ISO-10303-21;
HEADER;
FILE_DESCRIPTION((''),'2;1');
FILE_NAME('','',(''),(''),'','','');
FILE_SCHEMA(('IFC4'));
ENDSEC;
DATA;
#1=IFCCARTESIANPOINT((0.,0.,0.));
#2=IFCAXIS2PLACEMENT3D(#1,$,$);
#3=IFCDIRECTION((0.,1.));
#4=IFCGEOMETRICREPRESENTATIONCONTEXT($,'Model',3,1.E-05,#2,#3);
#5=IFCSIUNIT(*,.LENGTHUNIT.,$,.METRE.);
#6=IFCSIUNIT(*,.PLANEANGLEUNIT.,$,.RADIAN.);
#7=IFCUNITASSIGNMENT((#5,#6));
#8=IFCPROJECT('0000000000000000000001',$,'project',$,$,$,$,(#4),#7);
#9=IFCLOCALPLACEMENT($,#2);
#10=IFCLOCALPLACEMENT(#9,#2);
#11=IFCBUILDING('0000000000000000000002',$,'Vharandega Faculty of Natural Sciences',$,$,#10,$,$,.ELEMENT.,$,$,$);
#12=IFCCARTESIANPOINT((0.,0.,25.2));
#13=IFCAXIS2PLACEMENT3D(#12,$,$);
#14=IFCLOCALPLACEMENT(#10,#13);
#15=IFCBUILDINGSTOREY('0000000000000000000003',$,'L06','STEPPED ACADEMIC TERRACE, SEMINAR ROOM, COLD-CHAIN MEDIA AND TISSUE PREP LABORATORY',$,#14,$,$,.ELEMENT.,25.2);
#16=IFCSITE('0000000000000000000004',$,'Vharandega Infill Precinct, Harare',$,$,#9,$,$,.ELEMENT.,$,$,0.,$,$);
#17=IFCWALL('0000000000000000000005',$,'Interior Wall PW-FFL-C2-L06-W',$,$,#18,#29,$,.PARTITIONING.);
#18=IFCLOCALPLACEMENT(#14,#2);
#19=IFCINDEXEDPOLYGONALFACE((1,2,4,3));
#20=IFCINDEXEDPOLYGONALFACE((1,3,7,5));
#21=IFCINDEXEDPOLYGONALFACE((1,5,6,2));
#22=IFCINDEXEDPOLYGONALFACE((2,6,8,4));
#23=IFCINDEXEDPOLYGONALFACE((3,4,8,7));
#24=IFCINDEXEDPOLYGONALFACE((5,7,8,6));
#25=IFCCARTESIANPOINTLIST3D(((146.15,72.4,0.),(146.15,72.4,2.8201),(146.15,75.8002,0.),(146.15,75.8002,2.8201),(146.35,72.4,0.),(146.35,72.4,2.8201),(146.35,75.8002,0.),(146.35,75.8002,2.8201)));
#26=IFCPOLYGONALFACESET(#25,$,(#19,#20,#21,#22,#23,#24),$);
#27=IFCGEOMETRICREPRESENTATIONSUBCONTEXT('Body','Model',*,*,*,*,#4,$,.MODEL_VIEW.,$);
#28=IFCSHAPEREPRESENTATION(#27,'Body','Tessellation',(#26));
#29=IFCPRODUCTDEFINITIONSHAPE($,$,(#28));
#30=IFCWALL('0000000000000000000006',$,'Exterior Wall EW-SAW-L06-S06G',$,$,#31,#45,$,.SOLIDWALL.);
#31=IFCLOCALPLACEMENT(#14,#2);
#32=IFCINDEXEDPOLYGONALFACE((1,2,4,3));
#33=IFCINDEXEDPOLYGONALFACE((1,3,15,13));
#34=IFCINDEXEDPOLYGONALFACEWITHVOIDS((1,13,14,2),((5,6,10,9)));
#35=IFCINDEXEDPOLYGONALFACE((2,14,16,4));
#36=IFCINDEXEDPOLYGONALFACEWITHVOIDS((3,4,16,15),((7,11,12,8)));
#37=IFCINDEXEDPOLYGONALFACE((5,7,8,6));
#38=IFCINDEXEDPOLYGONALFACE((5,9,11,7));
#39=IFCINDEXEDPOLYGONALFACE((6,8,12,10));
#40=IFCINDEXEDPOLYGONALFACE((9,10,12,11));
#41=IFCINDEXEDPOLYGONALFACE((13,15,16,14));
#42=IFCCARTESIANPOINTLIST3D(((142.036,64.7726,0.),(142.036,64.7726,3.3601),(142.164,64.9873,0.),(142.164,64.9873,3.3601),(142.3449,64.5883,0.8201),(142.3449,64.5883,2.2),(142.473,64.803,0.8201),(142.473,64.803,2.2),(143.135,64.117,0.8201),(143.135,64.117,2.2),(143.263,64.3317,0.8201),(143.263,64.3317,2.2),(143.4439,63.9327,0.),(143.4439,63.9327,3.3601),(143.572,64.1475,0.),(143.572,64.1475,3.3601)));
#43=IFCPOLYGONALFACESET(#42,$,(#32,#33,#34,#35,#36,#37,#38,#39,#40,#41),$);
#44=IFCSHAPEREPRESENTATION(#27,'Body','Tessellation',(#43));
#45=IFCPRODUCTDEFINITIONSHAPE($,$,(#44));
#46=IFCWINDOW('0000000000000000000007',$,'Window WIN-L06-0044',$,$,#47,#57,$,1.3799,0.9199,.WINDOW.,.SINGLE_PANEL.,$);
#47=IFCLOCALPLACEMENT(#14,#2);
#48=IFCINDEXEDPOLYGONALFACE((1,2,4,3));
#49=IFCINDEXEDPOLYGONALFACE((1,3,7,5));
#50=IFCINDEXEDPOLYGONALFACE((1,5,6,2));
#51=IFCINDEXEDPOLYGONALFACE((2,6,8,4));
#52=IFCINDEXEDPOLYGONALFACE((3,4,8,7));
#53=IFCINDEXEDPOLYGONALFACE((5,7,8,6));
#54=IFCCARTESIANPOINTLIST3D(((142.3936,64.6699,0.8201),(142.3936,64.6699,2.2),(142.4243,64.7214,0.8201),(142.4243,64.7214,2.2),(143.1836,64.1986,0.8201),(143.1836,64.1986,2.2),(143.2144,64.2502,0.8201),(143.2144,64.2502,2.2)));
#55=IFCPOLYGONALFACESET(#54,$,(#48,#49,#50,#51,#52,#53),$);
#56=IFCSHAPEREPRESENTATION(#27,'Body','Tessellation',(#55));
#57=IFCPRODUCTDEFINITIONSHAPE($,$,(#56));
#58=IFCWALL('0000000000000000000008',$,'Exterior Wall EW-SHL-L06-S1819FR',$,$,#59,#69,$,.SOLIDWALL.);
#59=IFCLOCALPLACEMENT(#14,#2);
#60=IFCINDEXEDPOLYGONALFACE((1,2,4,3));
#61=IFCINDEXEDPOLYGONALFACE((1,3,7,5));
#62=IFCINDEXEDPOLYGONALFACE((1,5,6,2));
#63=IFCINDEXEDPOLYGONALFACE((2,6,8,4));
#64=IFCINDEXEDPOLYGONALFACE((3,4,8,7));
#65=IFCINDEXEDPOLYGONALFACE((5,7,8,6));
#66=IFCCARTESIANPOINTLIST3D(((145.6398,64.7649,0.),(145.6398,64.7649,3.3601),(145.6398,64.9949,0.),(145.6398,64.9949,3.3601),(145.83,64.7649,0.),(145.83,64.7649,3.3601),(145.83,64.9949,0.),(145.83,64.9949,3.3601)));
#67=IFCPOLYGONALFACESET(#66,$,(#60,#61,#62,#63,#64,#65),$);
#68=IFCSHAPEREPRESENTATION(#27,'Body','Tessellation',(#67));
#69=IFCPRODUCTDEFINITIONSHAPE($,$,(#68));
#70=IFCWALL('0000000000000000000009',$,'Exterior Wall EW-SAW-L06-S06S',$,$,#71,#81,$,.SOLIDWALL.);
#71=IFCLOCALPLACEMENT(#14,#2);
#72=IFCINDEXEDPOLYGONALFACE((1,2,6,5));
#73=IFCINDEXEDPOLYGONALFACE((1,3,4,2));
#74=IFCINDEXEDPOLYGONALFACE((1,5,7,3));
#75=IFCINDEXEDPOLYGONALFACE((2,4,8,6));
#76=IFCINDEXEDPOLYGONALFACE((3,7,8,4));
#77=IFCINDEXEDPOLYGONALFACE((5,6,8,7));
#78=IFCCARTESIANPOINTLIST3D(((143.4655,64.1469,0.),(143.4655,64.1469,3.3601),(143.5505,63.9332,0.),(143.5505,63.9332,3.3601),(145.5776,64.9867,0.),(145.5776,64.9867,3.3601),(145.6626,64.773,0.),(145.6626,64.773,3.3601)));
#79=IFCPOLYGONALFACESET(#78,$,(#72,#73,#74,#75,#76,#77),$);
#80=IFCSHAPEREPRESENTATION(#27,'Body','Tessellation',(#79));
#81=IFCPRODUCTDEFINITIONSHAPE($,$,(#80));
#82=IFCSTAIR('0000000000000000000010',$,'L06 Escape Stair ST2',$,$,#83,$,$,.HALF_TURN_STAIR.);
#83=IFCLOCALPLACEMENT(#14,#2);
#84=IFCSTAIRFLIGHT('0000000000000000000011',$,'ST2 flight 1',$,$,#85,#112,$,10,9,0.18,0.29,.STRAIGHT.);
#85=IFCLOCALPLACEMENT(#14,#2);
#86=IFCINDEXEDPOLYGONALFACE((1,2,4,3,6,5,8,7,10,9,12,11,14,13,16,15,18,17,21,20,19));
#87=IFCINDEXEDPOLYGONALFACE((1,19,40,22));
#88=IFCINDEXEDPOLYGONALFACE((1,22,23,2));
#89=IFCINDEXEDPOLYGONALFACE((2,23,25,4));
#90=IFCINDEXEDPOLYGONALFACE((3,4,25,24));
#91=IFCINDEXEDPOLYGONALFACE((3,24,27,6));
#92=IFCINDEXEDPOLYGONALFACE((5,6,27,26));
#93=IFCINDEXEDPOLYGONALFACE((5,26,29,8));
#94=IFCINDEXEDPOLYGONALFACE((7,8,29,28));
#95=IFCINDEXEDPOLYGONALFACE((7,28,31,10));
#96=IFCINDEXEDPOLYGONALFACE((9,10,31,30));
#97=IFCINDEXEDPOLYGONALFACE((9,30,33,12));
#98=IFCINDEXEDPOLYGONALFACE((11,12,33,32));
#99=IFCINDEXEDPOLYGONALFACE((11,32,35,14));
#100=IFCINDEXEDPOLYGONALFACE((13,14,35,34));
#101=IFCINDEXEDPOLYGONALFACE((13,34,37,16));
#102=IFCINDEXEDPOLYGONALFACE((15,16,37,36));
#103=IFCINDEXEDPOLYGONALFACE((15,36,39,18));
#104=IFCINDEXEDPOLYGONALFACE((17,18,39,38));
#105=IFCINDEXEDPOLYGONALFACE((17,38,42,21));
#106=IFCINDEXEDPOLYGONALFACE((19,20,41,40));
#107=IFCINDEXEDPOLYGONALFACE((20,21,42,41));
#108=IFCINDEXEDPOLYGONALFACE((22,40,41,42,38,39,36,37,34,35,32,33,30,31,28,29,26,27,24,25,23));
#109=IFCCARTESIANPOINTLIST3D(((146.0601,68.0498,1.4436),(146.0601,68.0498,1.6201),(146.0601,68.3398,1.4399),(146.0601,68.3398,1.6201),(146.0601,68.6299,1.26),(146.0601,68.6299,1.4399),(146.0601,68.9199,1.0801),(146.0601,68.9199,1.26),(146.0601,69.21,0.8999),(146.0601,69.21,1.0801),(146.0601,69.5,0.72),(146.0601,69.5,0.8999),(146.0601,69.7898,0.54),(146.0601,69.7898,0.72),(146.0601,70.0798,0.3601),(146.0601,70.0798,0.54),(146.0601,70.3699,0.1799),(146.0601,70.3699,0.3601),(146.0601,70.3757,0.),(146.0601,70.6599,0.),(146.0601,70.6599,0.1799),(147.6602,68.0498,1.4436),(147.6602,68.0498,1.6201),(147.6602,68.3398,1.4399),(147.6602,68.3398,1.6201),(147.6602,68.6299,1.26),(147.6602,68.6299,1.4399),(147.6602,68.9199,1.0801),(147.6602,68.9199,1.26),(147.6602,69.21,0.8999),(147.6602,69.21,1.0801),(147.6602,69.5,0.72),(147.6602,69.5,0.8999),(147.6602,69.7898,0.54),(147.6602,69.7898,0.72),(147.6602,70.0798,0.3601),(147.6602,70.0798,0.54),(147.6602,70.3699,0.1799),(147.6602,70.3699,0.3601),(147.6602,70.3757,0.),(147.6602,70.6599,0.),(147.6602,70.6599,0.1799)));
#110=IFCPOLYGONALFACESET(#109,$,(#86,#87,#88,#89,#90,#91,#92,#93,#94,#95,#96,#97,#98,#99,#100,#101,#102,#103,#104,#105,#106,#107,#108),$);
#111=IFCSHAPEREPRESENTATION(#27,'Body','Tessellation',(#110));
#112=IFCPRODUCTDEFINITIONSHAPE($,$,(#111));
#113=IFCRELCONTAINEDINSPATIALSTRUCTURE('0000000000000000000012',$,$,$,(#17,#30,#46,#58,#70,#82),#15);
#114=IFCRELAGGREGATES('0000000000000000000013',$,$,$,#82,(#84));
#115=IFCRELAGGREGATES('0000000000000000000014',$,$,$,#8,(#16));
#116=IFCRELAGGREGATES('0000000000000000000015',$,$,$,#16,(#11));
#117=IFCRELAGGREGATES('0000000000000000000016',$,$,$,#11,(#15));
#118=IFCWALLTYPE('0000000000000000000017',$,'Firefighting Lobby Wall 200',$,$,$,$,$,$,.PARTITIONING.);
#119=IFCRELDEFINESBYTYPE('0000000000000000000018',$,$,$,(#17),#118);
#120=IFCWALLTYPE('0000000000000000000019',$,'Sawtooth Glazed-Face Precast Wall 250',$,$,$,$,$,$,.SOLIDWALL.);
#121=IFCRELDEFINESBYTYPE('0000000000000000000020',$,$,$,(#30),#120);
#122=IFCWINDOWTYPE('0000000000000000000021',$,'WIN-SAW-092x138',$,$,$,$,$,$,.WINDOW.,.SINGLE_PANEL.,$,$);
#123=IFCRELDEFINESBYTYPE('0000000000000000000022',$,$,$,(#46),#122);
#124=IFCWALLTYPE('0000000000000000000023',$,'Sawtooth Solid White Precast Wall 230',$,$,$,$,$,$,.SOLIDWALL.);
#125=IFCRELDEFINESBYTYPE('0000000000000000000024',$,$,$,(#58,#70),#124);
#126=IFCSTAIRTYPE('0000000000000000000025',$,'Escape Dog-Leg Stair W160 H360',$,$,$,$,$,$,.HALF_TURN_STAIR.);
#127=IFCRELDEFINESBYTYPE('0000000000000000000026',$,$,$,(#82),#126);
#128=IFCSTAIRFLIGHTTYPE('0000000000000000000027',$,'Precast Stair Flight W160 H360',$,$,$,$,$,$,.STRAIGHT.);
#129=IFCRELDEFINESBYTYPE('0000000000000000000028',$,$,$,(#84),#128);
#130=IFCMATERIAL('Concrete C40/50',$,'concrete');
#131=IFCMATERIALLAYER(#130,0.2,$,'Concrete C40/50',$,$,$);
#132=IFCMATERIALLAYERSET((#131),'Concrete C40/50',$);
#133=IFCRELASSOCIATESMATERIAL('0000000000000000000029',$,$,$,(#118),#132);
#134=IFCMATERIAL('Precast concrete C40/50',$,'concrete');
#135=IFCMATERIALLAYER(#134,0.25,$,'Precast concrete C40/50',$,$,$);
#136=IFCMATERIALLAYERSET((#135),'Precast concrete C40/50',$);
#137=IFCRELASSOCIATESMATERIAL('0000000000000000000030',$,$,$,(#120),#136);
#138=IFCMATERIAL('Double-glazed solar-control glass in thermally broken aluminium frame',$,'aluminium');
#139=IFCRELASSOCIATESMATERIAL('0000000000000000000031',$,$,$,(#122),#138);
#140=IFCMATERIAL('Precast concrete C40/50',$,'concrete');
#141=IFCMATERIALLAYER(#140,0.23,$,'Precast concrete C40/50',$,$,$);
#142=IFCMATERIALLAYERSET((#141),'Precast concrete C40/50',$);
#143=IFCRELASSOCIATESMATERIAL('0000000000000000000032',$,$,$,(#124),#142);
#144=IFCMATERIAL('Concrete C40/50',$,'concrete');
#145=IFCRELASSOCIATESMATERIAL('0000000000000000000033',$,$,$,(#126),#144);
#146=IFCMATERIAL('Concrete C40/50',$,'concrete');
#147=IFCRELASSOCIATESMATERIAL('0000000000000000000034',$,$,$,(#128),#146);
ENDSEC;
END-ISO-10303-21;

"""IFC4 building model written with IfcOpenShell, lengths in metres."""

from ifc_helpers import new_model, si_unit, direction, frame, frame_2d, origin, place, context, subcontext, project, spatial, polyline, rectangle, outline, extrude, material, layer, layer_set, type_object, element, fill, aggregate, save


model = new_model("IFC4")

# Units and contexts
model_context = context("Model", 3, precision=1e-05, world=origin(), true_north=direction((0.0, 1.0)))
body_context = subcontext(model_context, "Body", "Model", "MODEL_VIEW")
ifc_project = project(units=[si_unit("LENGTHUNIT", "METRE"), si_unit("PLANEANGLEUNIT", "RADIAN")], contexts=[model_context])

# Site, building, storey
site_placement = place(None, origin())
site = spatial("IfcSite", under=ifc_project, at=site_placement, Name="Vharandega Infill Precinct, Harare", CompositionType="ELEMENT", RefElevation=0.0)
building_placement = place(site_placement, origin())
building = spatial("IfcBuilding", under=site, at=building_placement, Name="Vharandega Faculty of Natural Sciences", CompositionType="ELEMENT")
storey_placement = place(building_placement, frame((0.0, 0.0, 25.2)))
storey = spatial("IfcBuildingStorey", under=building, at=storey_placement, Name="L06", Description="STEPPED ACADEMIC TERRACE, SEMINAR ROOM, COLD-CHAIN MEDIA AND TISSUE PREP LABORATORY", CompositionType="ELEMENT", Elevation=25.2)

# Wall
ifc_material_1 = material(Name="Concrete C40/50", Category="concrete")
ifc_layer_1 = layer(ifc_material_1, 0.2, Name="Concrete C40/50")
ifc_layer_set_1 = layer_set([ifc_layer_1], Name="Concrete C40/50")
wall_type_1 = type_object("IfcWallType", Name="Firefighting Lobby Wall 200", PredefinedType="PARTITIONING", material=ifc_layer_set_1)
wall_1_placement = place(storey_placement, frame((146.25, 72.3999, 0.0), z_axis=(0.0, 0.0, 1.0), x_axis=(0.0, 1.0, 0.0)))
element("IfcWall", 1, at=wall_1_placement, inside=storey, type_object=wall_type_1, Name="Interior Wall PW-FFL-C2-L06-W", PredefinedType="PARTITIONING", context=body_context, shape_type="SweptSolid", body=[
    extrude(rectangle(XDim=3.4001, YDim=0.2, at=frame_2d((1.7002, 0.0))), origin(), (0.0, 0.0, 1.0), 2.8201),
])

# Wall, opening, window
ifc_material_2 = material(Name="Precast concrete C40/50", Category="concrete")
ifc_layer_2 = layer(ifc_material_2, 0.25, Name="Precast concrete C40/50")
ifc_layer_set_2 = layer_set([ifc_layer_2], Name="Precast concrete C40/50")
wall_type_2 = type_object("IfcWallType", Name="Sawtooth Glazed-Face Precast Wall 250", PredefinedType="SOLIDWALL", material=ifc_layer_set_2)
wall_2_placement = place(storey_placement, frame((143.5081, 64.04, 0.0), z_axis=(0.0, 0.0, 1.0), x_axis=(-0.858817, 0.512282, 0.0)))
wall_2 = element("IfcWall", 2, at=wall_2_placement, inside=storey, type_object=wall_type_2, Name="Exterior Wall EW-SAW-L06-S06G", PredefinedType="SOLIDWALL", context=body_context, shape_type="SweptSolid", body=[
    extrude(rectangle(XDim=1.6394, YDim=0.25, at=frame_2d((0.8198, 0.0))), origin(), (0.0, 0.0, 1.0), 3.3601),
])
opening_1_placement = place(wall_2_placement, frame((0.3599, 0.0, 0.8201)))
opening_1 = element("IfcOpeningElement", 3, at=opening_1_placement, cuts=wall_2, PredefinedType="OPENING", context=body_context, shape_type="SweptSolid", body=[
    extrude(rectangle(XDim=0.9199, YDim=1.3799, at=frame_2d((0.46, 0.6899))), frame((0.0, 0.135, 0.0), z_axis=(0.0, -1.0, 0.0), x_axis=(1.0, 0.0, 0.0)), (0.0, 0.0, 1.0), 0.27),
])
ifc_material_3 = material(Name="Double-glazed solar-control glass in thermally broken aluminium frame", Category="aluminium")
window_type = type_object("IfcWindowType", Name="WIN-SAW-092x138", PartitioningType="SINGLE_PANEL", PredefinedType="WINDOW", material=ifc_material_3)
window_placement = place(opening_1_placement, origin())
window = element("IfcWindow", 4, at=window_placement, inside=storey, type_object=window_type, Name="Window WIN-L06-0044", OverallHeight=1.3799, OverallWidth=0.9199, PartitioningType="SINGLE_PANEL", PredefinedType="WINDOW", context=body_context, shape_type="SweptSolid", body=[
    extrude(rectangle(XDim=0.9199, YDim=1.3799, at=frame_2d((0.46, 0.6899))), frame((0.0, 0.03, 0.0), z_axis=(0.0, -1.0, 0.0), x_axis=(1.0, 0.0, 0.0)), (0.0, 0.0, 1.0), 0.0601),
])
fill(opening_1, window)

# Walls
ifc_material_4 = material(Name="Precast concrete C40/50", Category="concrete")
ifc_layer_3 = layer(ifc_material_4, 0.23, Name="Precast concrete C40/50")
ifc_layer_set_3 = layer_set([ifc_layer_3], Name="Precast concrete C40/50")
wall_type_3 = type_object("IfcWallType", Name="Sawtooth Solid White Precast Wall 230", PredefinedType="SOLIDWALL", material=ifc_layer_set_3)
wall_3_placement = place(storey_placement, frame((145.8301, 64.8799, 0.0), z_axis=(0.0, 0.0, 1.0), x_axis=(-1.0, 0.0, 0.0)))
element("IfcWall", 5, at=wall_3_placement, inside=storey, type_object=wall_type_3, Name="Exterior Wall EW-SHL-L06-S1819FR", PredefinedType="SOLIDWALL", context=body_context, shape_type="SweptSolid", body=[
    extrude(rectangle(XDim=0.1902, YDim=0.23, at=frame_2d((0.0952, 0.0))), origin(), (0.0, 0.0, 1.0), 3.3601),
])
wall_4_placement = place(storey_placement, frame((145.6201, 64.8799, 0.0), z_axis=(0.0, 0.0, 1.0), x_axis=(-0.92923, -0.369501, 0.0)))
element("IfcWall", 6, at=wall_4_placement, inside=storey, type_object=wall_type_3, Name="Exterior Wall EW-SAW-L06-S06S", PredefinedType="SOLIDWALL", context=body_context, shape_type="SweptSolid", body=[
    extrude(rectangle(XDim=2.2729, YDim=0.23, at=frame_2d((1.1365, 0.0))), origin(), (0.0, 0.0, 1.0), 3.3601),
])

# Stair, stair flight
ifc_material_5 = material(Name="Concrete C40/50", Category="concrete")
stair_type = type_object("IfcStairType", Name="Escape Dog-Leg Stair W160 H360", PredefinedType="HALF_TURN_STAIR", material=ifc_material_5)
stair_placement = place(storey_placement, origin())
stair = element("IfcStair", 7, at=stair_placement, inside=storey, type_object=stair_type, Name="L06 Escape Stair ST2", PredefinedType="HALF_TURN_STAIR")
ifc_material_6 = material(Name="Concrete C40/50", Category="concrete")
stair_flight_type = type_object("IfcStairFlightType", Name="Precast Stair Flight W160 H360", PredefinedType="STRAIGHT", material=ifc_material_6)
stair_flight_placement = place(storey_placement, frame((146.8601, 70.6599, 0.0), z_axis=(0.0, 0.0, 1.0), x_axis=(0.0, -1.0, 0.0)))
stair_flight = element("IfcStairFlight", 8, at=stair_flight_placement, type_object=stair_flight_type, Name="ST2 flight 1", NumberOfRisers=10, NumberOfTreads=9, PredefinedType="STRAIGHT", RiserHeight=0.18, TreadLength=0.29, context=body_context, shape_type="SweptSolid", body=[
    extrude(outline(polyline([(0.0, 0.0), (0.0, 0.1799), (0.29, 0.1799), (0.29, 0.3601), (0.5801, 0.3601), (0.5801, 0.54), (0.8701, 0.54), (0.8701, 0.72), (1.1599, 0.72), (1.1599, 0.8999), (1.45, 0.8999), (1.45, 1.0801), (1.74, 1.0801), (1.74, 1.26), (2.03, 1.26), (2.03, 1.4399), (2.3201, 1.4399), (2.3201, 1.6201), (2.6101, 1.6201), (2.6101, 1.8), (2.6101, 1.4436), (0.2842, 0.0), (0.0, 0.0)])), frame((0.0, 0.8, 0.0), z_axis=(0.0, -1.0, 0.0), x_axis=(1.0, 0.0, 0.0)), (0.0, 0.0, 1.0), 1.6001),
])
aggregate(stair, [stair_flight])

save(model, "model.ifc")
